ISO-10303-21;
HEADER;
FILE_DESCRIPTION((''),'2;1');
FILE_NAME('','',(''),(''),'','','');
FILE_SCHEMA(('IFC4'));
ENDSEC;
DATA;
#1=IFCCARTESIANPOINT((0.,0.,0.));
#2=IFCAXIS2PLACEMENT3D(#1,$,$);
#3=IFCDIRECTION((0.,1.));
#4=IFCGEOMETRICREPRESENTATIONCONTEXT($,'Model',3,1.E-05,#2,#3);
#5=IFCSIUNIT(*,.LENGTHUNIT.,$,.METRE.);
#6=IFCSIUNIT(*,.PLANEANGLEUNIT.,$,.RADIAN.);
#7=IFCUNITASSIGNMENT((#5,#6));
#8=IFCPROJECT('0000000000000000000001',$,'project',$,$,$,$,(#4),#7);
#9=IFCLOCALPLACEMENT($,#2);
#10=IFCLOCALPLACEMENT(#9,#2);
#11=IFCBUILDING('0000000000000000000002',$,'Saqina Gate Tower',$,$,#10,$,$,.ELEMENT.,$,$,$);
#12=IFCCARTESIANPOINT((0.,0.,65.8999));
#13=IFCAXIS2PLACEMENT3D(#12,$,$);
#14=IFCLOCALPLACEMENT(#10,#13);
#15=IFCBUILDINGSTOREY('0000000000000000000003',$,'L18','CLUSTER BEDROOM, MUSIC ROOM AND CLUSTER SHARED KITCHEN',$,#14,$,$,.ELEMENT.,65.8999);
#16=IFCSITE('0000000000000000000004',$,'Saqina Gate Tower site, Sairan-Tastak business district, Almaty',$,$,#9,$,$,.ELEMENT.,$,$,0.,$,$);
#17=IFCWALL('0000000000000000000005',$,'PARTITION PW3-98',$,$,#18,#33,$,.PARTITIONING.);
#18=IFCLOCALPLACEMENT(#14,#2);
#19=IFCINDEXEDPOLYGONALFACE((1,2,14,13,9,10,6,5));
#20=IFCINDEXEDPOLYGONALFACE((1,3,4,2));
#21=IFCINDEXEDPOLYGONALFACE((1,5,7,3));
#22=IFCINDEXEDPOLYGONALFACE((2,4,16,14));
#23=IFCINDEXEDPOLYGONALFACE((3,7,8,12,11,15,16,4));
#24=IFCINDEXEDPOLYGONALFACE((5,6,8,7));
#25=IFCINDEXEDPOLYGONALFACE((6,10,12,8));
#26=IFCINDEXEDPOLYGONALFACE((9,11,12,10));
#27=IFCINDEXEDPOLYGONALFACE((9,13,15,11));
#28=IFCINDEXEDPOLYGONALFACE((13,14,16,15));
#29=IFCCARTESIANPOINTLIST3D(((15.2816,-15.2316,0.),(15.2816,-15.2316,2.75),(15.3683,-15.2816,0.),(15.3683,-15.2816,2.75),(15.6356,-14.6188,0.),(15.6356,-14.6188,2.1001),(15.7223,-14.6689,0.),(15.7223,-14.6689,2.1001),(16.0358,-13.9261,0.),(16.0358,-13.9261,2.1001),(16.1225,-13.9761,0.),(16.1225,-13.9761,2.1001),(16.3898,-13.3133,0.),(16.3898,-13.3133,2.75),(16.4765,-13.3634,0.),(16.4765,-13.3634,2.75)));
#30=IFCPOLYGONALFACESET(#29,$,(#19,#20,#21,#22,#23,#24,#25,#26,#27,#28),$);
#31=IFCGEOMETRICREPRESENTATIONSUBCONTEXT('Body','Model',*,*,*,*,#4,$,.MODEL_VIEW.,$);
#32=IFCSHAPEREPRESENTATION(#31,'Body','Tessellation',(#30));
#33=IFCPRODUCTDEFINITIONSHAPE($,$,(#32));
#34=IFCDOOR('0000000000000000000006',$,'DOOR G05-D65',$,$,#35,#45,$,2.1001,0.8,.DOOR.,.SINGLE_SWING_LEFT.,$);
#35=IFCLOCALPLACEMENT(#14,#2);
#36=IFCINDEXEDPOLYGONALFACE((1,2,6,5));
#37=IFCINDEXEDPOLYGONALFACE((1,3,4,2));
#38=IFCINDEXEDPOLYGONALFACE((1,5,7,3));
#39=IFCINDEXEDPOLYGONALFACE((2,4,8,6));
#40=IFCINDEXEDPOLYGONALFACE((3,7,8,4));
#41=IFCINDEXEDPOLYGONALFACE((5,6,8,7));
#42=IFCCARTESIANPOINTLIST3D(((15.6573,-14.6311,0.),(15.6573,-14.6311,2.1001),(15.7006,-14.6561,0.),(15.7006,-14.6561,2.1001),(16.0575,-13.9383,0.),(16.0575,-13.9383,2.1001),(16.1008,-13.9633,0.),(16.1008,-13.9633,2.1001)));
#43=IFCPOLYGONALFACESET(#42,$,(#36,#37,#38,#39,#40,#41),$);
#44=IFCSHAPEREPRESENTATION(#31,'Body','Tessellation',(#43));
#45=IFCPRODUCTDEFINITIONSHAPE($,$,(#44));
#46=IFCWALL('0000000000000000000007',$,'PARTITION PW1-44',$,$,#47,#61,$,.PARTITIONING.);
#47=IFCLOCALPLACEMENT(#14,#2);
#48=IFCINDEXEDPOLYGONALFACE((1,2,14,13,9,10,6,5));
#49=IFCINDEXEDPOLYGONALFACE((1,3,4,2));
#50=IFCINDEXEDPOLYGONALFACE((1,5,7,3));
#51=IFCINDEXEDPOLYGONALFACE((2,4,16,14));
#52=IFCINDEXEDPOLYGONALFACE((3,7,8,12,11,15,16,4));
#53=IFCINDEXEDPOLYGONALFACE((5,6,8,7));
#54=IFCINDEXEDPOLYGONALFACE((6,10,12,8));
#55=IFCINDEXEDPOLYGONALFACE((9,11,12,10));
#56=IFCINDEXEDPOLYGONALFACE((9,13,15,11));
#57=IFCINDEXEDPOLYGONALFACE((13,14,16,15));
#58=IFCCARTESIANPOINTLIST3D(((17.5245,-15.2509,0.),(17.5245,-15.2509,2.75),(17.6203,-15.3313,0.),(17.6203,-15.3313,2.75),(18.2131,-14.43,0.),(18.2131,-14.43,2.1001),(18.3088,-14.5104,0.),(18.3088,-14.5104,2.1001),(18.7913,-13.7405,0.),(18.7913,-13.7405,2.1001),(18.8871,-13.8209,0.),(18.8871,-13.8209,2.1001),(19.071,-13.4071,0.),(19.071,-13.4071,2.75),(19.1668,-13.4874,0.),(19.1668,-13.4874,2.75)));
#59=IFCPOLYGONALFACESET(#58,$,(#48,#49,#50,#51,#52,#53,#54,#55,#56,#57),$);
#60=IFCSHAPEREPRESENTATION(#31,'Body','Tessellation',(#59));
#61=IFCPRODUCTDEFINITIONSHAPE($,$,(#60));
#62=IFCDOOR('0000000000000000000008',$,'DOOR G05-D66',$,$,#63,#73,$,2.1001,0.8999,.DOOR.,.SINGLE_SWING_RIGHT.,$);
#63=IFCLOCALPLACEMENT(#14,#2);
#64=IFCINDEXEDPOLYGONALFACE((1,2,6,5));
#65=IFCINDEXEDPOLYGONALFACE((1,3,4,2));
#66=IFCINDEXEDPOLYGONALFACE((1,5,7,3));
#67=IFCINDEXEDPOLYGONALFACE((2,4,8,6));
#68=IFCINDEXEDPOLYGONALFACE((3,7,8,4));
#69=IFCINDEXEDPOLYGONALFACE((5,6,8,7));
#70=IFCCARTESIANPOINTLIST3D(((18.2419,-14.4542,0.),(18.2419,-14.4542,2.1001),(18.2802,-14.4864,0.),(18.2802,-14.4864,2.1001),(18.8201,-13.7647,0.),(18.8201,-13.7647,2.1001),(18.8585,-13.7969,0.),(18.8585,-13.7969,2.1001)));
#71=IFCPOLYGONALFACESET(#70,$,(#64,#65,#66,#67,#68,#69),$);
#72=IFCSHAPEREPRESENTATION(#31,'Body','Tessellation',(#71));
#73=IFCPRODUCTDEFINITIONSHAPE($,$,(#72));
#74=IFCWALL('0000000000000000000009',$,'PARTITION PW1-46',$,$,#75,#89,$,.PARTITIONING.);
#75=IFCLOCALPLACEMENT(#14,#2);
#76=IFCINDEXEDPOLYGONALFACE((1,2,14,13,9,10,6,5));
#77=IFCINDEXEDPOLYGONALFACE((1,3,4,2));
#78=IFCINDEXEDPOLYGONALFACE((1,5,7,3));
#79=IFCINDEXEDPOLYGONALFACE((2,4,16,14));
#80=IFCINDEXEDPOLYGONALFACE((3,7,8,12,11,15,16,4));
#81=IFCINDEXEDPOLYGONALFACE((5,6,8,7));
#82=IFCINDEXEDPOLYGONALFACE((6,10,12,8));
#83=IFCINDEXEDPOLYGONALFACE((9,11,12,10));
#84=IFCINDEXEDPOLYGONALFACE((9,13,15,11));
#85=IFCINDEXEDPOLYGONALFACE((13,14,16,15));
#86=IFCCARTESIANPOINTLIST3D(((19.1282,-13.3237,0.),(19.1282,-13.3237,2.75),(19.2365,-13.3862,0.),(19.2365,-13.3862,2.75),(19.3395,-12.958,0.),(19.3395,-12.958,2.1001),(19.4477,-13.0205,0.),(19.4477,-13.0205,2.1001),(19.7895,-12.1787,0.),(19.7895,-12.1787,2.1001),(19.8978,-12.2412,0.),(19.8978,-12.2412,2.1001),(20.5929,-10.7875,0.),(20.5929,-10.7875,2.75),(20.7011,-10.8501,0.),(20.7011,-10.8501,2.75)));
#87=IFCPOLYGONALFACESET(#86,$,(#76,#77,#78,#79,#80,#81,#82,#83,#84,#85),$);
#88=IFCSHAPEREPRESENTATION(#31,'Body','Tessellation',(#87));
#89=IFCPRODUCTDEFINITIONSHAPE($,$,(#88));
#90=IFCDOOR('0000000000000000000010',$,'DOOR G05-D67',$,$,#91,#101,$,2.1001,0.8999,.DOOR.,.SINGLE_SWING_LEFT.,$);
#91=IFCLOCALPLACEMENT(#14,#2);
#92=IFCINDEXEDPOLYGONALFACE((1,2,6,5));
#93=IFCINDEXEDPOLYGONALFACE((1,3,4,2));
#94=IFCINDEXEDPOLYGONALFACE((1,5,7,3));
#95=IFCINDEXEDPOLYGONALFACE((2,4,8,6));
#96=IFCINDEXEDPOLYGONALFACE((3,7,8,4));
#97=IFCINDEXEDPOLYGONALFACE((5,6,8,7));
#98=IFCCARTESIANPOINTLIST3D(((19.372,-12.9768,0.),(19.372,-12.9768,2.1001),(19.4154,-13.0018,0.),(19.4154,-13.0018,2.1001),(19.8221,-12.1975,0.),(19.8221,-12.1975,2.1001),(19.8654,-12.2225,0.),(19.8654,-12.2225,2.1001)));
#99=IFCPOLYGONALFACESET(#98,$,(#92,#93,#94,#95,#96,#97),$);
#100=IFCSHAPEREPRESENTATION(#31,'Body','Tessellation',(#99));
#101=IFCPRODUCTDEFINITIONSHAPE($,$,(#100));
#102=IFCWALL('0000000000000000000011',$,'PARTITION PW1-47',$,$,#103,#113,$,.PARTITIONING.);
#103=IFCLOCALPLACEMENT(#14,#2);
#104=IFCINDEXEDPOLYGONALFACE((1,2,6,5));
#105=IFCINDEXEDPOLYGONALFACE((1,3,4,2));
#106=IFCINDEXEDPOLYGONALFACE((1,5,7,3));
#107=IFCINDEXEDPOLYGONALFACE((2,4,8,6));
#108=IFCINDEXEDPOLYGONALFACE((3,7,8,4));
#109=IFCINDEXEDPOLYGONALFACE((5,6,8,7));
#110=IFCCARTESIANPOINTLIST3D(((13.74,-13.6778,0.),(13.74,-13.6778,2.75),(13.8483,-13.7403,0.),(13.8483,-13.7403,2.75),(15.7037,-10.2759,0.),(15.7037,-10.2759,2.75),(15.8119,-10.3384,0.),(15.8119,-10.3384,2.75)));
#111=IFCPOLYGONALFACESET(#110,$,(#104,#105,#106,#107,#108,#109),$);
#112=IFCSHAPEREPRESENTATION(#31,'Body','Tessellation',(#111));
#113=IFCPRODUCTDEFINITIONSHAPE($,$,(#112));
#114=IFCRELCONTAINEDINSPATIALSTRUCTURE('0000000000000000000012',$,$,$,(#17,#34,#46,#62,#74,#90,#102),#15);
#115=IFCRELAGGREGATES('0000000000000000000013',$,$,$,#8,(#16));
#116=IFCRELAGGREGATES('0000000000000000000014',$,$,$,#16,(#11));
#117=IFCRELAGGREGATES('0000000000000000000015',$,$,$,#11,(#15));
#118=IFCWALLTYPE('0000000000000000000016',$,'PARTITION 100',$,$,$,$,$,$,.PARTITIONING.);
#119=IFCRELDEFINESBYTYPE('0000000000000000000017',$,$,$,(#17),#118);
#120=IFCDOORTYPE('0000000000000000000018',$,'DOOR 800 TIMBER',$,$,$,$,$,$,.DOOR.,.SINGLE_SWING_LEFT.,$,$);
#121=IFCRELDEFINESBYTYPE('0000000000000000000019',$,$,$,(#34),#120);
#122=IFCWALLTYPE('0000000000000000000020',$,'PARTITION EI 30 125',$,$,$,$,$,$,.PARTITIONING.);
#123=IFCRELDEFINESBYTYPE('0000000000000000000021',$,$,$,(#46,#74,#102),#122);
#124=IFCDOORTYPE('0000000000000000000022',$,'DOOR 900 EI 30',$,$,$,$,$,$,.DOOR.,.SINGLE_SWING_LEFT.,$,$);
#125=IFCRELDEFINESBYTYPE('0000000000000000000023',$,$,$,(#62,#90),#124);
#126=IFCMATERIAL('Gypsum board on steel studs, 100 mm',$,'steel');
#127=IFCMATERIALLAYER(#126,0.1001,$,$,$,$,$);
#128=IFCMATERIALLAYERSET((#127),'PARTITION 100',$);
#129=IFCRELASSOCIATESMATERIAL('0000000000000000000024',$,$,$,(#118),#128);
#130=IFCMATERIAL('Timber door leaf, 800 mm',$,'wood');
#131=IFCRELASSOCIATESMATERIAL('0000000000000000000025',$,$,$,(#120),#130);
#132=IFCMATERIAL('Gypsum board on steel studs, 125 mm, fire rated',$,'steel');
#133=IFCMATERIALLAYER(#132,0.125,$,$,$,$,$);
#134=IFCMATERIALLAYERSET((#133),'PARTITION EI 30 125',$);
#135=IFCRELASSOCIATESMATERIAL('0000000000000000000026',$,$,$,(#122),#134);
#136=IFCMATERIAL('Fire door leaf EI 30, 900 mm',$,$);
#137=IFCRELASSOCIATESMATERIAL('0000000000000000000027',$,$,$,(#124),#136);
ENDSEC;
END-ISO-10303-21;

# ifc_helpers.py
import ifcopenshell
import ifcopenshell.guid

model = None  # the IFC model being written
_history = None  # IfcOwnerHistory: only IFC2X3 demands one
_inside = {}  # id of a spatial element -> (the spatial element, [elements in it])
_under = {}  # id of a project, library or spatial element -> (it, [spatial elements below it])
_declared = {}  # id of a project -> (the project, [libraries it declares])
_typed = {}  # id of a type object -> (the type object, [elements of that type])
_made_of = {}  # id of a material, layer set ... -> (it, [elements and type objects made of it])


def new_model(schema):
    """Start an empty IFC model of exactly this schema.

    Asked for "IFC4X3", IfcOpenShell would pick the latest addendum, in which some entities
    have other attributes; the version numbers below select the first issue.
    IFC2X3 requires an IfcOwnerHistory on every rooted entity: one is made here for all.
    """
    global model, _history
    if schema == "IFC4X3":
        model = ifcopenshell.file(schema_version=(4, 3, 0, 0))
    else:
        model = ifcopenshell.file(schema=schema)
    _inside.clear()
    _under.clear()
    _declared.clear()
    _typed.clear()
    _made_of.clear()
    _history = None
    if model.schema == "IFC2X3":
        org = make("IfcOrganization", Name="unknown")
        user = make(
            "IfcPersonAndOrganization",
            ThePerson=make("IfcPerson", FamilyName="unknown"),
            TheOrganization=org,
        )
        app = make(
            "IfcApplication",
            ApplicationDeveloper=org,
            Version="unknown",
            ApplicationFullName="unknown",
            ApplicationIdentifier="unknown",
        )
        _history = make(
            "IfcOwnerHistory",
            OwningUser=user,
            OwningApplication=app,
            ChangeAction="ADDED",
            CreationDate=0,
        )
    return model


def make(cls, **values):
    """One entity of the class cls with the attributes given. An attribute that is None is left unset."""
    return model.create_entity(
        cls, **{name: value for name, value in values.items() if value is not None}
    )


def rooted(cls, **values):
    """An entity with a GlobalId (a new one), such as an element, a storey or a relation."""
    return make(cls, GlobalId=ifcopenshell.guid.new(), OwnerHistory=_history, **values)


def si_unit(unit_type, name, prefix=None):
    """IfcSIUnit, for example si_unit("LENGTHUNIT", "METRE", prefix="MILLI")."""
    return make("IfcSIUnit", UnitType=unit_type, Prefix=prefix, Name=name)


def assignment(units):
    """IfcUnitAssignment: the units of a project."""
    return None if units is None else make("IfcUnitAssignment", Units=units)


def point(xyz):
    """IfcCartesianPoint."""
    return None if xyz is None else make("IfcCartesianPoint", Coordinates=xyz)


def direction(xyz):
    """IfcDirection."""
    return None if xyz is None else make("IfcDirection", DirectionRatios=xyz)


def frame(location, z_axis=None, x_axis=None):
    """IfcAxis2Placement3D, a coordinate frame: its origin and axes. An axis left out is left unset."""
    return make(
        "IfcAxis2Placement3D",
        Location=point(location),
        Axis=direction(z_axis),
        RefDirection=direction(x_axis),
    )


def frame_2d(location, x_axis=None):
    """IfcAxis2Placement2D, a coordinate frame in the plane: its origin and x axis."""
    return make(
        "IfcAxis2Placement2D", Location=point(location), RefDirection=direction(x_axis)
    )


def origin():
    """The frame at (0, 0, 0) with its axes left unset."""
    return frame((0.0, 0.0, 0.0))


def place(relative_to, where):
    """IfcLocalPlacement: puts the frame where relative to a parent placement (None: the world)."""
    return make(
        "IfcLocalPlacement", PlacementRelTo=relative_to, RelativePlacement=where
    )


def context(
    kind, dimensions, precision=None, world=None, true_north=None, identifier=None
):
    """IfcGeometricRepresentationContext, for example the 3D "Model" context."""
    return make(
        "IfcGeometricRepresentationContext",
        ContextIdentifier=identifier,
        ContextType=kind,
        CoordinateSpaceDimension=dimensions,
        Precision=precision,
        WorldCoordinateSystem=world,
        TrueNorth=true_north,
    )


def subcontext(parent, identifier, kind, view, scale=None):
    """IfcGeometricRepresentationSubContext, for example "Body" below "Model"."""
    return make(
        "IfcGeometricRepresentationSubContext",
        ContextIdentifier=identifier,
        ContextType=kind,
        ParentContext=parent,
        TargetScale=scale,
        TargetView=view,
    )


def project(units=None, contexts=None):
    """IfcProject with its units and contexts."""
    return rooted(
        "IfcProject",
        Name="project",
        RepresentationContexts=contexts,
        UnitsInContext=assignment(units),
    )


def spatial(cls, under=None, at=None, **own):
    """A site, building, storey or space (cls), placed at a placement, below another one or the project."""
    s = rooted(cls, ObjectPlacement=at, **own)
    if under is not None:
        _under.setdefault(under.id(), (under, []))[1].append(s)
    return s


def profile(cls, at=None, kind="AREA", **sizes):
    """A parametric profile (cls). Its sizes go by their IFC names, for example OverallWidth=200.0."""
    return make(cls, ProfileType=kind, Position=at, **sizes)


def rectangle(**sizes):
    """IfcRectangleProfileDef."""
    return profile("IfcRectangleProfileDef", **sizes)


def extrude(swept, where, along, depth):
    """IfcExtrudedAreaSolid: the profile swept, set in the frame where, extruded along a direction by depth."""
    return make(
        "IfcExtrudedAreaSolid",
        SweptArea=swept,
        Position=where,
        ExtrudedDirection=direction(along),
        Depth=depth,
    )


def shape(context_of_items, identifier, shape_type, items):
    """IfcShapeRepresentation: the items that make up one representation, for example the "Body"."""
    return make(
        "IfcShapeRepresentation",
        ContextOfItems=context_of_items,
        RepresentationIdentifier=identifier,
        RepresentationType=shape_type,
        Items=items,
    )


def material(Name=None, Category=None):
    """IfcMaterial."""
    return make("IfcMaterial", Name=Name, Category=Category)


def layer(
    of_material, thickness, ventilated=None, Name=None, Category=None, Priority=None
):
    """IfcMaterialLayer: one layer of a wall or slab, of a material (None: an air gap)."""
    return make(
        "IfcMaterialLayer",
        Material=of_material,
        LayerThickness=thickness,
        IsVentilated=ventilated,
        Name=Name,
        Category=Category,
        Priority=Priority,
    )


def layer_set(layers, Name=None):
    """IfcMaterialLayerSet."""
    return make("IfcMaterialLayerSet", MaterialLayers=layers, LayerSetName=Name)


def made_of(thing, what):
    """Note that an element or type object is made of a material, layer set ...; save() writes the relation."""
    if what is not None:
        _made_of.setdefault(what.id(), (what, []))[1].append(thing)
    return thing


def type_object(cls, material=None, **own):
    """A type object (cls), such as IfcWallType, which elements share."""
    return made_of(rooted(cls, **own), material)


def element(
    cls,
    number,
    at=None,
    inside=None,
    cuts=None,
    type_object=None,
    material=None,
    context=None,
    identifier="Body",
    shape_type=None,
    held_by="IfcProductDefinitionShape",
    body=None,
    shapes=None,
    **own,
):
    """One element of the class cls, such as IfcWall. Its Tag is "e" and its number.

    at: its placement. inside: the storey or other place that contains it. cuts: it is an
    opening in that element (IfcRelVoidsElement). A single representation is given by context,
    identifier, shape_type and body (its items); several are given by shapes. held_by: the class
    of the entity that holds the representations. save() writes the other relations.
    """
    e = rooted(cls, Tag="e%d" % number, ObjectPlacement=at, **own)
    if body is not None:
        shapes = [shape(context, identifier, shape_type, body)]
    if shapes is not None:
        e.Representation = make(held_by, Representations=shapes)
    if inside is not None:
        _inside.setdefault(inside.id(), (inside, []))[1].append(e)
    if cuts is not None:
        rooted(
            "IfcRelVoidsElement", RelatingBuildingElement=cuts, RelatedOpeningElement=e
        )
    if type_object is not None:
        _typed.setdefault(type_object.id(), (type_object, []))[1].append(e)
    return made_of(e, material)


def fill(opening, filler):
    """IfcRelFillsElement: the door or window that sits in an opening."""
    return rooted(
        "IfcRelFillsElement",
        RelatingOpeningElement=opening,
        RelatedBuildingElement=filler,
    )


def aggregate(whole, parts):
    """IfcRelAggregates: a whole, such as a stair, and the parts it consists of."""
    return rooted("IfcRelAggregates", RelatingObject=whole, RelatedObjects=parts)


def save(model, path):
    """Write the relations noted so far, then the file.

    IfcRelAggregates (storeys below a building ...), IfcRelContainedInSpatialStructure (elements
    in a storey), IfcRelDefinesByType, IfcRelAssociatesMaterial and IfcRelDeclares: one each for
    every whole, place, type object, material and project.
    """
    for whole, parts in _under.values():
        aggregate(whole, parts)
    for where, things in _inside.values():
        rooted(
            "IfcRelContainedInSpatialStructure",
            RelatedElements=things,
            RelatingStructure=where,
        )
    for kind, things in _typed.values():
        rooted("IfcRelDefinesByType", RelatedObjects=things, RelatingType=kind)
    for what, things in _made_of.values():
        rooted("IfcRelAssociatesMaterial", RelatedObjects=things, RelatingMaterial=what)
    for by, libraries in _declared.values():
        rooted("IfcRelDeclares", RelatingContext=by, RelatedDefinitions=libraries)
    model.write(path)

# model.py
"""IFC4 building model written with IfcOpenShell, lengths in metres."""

from ifc_helpers import new_model, si_unit, direction, frame, frame_2d, origin, place, context, subcontext, project, spatial, rectangle, extrude, material, layer, layer_set, type_object, element, fill, save


model = new_model("IFC4")

# Units and contexts
model_context = context("Model", 3, precision=1e-05, world=origin(), true_north=direction((0.0, 1.0)))
body_context = subcontext(model_context, "Body", "Model", "MODEL_VIEW")
ifc_project = project(units=[si_unit("LENGTHUNIT", "METRE"), si_unit("PLANEANGLEUNIT", "RADIAN")], contexts=[model_context])

# Site, building, storey
site_placement = place(None, origin())
site = spatial("IfcSite", under=ifc_project, at=site_placement, Name="Saqina Gate Tower site, Sairan-Tastak business district, Almaty", CompositionType="ELEMENT", RefElevation=0.0)
building_placement = place(site_placement, origin())
building = spatial("IfcBuilding", under=site, at=building_placement, Name="Saqina Gate Tower", CompositionType="ELEMENT")
storey_placement = place(building_placement, frame((0.0, 0.0, 65.8999)))
storey = spatial("IfcBuildingStorey", under=building, at=storey_placement, Name="L18", Description="CLUSTER BEDROOM, MUSIC ROOM AND CLUSTER SHARED KITCHEN", CompositionType="ELEMENT", Elevation=65.8999)

# Shared definitions
ifc_material_1 = material(Name="Gypsum board on steel studs, 100 mm", Category="steel")
ifc_layer_1 = layer(ifc_material_1, 0.1001)
ifc_layer_set_1 = layer_set([ifc_layer_1], Name="PARTITION 100")
wall_type_1 = type_object("IfcWallType", Name="PARTITION 100", PredefinedType="PARTITIONING", material=ifc_layer_set_1)

# Walls, openings, doors
ifc_material_2 = material(Name="Timber door leaf, 800 mm", Category="wood")
door_type_1 = type_object("IfcDoorType", Name="DOOR 800 TIMBER", OperationType="SINGLE_SWING_LEFT", PredefinedType="DOOR", material=ifc_material_2)
wall_1_placement = place(storey_placement, frame((15.325, -15.2566, 0.0), z_axis=(0.0, 0.0, 1.0), x_axis=(0.500228, 0.865894, 0.0)))
wall_1 = element("IfcWall", 1, at=wall_1_placement, inside=storey, type_object=wall_type_1, Name="PARTITION PW3-98", PredefinedType="PARTITIONING", context=body_context, shape_type="SweptSolid", body=[
    extrude(rectangle(XDim=2.2153, YDim=0.1001, at=frame_2d((1.1077, 0.0))), origin(), (0.0, 0.0, 1.0), 2.75),
])
opening_1_placement = place(wall_1_placement, frame((0.7078, 0.0, 0.0)))
opening_1 = element("IfcOpeningElement", 2, at=opening_1_placement, cuts=wall_1, PredefinedType="OPENING", context=body_context, shape_type="SweptSolid", body=[
    extrude(rectangle(XDim=0.8, YDim=2.1001, at=frame_2d((0.3999, 1.05))), frame((0.0, 0.062, 0.0), z_axis=(0.0, -1.0, 0.0), x_axis=(1.0, 0.0, 0.0)), (0.0, 0.0, 1.0), 0.124),
])
door_1_placement = place(opening_1_placement, frame((0.8, 0.0, 0.0), z_axis=(0.0, 0.0, 1.0), x_axis=(-1.0, 0.0, 0.0)))
door_1 = element("IfcDoor", 3, at=door_1_placement, inside=storey, type_object=door_type_1, Name="DOOR G05-D65", OperationType="SINGLE_SWING_LEFT", OverallHeight=2.1001, OverallWidth=0.8, PredefinedType="DOOR", context=body_context, shape_type="SweptSolid", body=[
    extrude(rectangle(XDim=0.8, YDim=2.1001, at=frame_2d((0.3999, 1.05))), frame((0.0, 0.0249, 0.0), z_axis=(0.0, -1.0, 0.0), x_axis=(1.0, 0.0, 0.0)), (0.0, 0.0, 1.0), 0.05),
])
fill(opening_1, door_1)
ifc_material_3 = material(Name="Gypsum board on steel studs, 125 mm, fire rated", Category="steel")
ifc_layer_2 = layer(ifc_material_3, 0.125)
ifc_layer_set_2 = layer_set([ifc_layer_2], Name="PARTITION EI 30 125")
wall_type_2 = type_object("IfcWallType", Name="PARTITION EI 30 125", PredefinedType="PARTITIONING", material=ifc_layer_set_2)
wall_2_placement = place(storey_placement, frame((17.5725, -15.291, 0.0), z_axis=(0.0, 0.0, 1.0), x_axis=(0.642616, 0.766188, 0.0)))
wall_2 = element("IfcWall", 4, at=wall_2_placement, inside=storey, type_object=wall_type_2, Name="PARTITION PW1-44", PredefinedType="PARTITIONING", context=body_context, shape_type="SweptSolid", body=[
    extrude(rectangle(XDim=2.4065, YDim=0.125, at=frame_2d((1.2031, 0.0))), origin(), (0.0, 0.0, 1.0), 2.75),
])
opening_2_placement = place(wall_2_placement, frame((1.0713, 0.0, 0.0)))
opening_2 = element("IfcOpeningElement", 5, at=opening_2_placement, cuts=wall_2, PredefinedType="OPENING", context=body_context, shape_type="SweptSolid", body=[
    extrude(rectangle(XDim=0.8999, YDim=2.1001, at=frame_2d((0.45, 1.05))), frame((0.0, 0.0745, 0.0), z_axis=(0.0, -1.0, 0.0), x_axis=(1.0, 0.0, 0.0)), (0.0, 0.0, 1.0), 0.1489),
])
ifc_material_4 = material(Name="Fire door leaf EI 30, 900 mm")
door_type_2 = type_object("IfcDoorType", Name="DOOR 900 EI 30", OperationType="SINGLE_SWING_LEFT", PredefinedType="DOOR", material=ifc_material_4)
door_2_placement = place(opening_2_placement, origin())
door_2 = element("IfcDoor", 6, at=door_2_placement, inside=storey, type_object=door_type_2, Name="DOOR G05-D66", OperationType="SINGLE_SWING_RIGHT", OverallHeight=2.1001, OverallWidth=0.8999, PredefinedType="DOOR", context=body_context, shape_type="SweptSolid", body=[
    extrude(rectangle(XDim=0.8999, YDim=2.1001, at=frame_2d((0.45, 1.05))), frame((0.0, 0.0249, 0.0), z_axis=(0.0, -1.0, 0.0), x_axis=(1.0, 0.0, 0.0)), (0.0, 0.0, 1.0), 0.05),
])
fill(opening_2, door_2)
wall_3_placement = place(storey_placement, frame((19.1824, -13.355, 0.0), z_axis=(0.0, 0.0, 1.0), x_axis=(0.500093, 0.865972, 0.0)))
wall_3 = element("IfcWall", 7, at=wall_3_placement, inside=storey, type_object=wall_type_2, Name="PARTITION PW1-46", PredefinedType="PARTITIONING", context=body_context, shape_type="SweptSolid", body=[
    extrude(rectangle(XDim=2.9287, YDim=0.125, at=frame_2d((1.4644, 0.0))), origin(), (0.0, 0.0, 1.0), 2.75),
])
opening_3_placement = place(wall_3_placement, frame((0.4224, 0.0, 0.0)))
opening_3 = element("IfcOpeningElement", 8, at=opening_3_placement, cuts=wall_3, PredefinedType="OPENING", context=body_context, shape_type="SweptSolid", body=[
    extrude(rectangle(XDim=0.8999, YDim=2.1001, at=frame_2d((0.45, 1.05))), frame((0.0, 0.0745, 0.0), z_axis=(0.0, -1.0, 0.0), x_axis=(1.0, 0.0, 0.0)), (0.0, 0.0, 1.0), 0.1489),
])
door_3_placement = place(opening_3_placement, origin())
door_3 = element("IfcDoor", 9, at=door_3_placement, inside=storey, type_object=door_type_2, Name="DOOR G05-D67", OperationType="SINGLE_SWING_LEFT", OverallHeight=2.1001, OverallWidth=0.8999, PredefinedType="DOOR", context=body_context, shape_type="SweptSolid", body=[
    extrude(rectangle(XDim=0.8999, YDim=2.1001, at=frame_2d((0.45, 1.05))), frame((0.0, 0.0249, 0.0), z_axis=(0.0, -1.0, 0.0), x_axis=(1.0, 0.0, 0.0)), (0.0, 0.0, 1.0), 0.05),
])
fill(opening_3, door_3)

# Wall
wall_4_placement = place(storey_placement, frame((13.7942, -13.709, 0.0), z_axis=(0.0, 0.0, 1.0), x_axis=(0.499916, 0.866074, 0.0)))
element("IfcWall", 10, at=wall_4_placement, inside=storey, type_object=wall_type_2, Name="PARTITION PW1-47", PredefinedType="PARTITIONING", context=body_context, shape_type="SweptSolid", body=[
    extrude(rectangle(XDim=3.928, YDim=0.125, at=frame_2d((1.9639, 0.0))), origin(), (0.0, 0.0, 1.0), 2.75),
])

save(model, "model.ifc")
